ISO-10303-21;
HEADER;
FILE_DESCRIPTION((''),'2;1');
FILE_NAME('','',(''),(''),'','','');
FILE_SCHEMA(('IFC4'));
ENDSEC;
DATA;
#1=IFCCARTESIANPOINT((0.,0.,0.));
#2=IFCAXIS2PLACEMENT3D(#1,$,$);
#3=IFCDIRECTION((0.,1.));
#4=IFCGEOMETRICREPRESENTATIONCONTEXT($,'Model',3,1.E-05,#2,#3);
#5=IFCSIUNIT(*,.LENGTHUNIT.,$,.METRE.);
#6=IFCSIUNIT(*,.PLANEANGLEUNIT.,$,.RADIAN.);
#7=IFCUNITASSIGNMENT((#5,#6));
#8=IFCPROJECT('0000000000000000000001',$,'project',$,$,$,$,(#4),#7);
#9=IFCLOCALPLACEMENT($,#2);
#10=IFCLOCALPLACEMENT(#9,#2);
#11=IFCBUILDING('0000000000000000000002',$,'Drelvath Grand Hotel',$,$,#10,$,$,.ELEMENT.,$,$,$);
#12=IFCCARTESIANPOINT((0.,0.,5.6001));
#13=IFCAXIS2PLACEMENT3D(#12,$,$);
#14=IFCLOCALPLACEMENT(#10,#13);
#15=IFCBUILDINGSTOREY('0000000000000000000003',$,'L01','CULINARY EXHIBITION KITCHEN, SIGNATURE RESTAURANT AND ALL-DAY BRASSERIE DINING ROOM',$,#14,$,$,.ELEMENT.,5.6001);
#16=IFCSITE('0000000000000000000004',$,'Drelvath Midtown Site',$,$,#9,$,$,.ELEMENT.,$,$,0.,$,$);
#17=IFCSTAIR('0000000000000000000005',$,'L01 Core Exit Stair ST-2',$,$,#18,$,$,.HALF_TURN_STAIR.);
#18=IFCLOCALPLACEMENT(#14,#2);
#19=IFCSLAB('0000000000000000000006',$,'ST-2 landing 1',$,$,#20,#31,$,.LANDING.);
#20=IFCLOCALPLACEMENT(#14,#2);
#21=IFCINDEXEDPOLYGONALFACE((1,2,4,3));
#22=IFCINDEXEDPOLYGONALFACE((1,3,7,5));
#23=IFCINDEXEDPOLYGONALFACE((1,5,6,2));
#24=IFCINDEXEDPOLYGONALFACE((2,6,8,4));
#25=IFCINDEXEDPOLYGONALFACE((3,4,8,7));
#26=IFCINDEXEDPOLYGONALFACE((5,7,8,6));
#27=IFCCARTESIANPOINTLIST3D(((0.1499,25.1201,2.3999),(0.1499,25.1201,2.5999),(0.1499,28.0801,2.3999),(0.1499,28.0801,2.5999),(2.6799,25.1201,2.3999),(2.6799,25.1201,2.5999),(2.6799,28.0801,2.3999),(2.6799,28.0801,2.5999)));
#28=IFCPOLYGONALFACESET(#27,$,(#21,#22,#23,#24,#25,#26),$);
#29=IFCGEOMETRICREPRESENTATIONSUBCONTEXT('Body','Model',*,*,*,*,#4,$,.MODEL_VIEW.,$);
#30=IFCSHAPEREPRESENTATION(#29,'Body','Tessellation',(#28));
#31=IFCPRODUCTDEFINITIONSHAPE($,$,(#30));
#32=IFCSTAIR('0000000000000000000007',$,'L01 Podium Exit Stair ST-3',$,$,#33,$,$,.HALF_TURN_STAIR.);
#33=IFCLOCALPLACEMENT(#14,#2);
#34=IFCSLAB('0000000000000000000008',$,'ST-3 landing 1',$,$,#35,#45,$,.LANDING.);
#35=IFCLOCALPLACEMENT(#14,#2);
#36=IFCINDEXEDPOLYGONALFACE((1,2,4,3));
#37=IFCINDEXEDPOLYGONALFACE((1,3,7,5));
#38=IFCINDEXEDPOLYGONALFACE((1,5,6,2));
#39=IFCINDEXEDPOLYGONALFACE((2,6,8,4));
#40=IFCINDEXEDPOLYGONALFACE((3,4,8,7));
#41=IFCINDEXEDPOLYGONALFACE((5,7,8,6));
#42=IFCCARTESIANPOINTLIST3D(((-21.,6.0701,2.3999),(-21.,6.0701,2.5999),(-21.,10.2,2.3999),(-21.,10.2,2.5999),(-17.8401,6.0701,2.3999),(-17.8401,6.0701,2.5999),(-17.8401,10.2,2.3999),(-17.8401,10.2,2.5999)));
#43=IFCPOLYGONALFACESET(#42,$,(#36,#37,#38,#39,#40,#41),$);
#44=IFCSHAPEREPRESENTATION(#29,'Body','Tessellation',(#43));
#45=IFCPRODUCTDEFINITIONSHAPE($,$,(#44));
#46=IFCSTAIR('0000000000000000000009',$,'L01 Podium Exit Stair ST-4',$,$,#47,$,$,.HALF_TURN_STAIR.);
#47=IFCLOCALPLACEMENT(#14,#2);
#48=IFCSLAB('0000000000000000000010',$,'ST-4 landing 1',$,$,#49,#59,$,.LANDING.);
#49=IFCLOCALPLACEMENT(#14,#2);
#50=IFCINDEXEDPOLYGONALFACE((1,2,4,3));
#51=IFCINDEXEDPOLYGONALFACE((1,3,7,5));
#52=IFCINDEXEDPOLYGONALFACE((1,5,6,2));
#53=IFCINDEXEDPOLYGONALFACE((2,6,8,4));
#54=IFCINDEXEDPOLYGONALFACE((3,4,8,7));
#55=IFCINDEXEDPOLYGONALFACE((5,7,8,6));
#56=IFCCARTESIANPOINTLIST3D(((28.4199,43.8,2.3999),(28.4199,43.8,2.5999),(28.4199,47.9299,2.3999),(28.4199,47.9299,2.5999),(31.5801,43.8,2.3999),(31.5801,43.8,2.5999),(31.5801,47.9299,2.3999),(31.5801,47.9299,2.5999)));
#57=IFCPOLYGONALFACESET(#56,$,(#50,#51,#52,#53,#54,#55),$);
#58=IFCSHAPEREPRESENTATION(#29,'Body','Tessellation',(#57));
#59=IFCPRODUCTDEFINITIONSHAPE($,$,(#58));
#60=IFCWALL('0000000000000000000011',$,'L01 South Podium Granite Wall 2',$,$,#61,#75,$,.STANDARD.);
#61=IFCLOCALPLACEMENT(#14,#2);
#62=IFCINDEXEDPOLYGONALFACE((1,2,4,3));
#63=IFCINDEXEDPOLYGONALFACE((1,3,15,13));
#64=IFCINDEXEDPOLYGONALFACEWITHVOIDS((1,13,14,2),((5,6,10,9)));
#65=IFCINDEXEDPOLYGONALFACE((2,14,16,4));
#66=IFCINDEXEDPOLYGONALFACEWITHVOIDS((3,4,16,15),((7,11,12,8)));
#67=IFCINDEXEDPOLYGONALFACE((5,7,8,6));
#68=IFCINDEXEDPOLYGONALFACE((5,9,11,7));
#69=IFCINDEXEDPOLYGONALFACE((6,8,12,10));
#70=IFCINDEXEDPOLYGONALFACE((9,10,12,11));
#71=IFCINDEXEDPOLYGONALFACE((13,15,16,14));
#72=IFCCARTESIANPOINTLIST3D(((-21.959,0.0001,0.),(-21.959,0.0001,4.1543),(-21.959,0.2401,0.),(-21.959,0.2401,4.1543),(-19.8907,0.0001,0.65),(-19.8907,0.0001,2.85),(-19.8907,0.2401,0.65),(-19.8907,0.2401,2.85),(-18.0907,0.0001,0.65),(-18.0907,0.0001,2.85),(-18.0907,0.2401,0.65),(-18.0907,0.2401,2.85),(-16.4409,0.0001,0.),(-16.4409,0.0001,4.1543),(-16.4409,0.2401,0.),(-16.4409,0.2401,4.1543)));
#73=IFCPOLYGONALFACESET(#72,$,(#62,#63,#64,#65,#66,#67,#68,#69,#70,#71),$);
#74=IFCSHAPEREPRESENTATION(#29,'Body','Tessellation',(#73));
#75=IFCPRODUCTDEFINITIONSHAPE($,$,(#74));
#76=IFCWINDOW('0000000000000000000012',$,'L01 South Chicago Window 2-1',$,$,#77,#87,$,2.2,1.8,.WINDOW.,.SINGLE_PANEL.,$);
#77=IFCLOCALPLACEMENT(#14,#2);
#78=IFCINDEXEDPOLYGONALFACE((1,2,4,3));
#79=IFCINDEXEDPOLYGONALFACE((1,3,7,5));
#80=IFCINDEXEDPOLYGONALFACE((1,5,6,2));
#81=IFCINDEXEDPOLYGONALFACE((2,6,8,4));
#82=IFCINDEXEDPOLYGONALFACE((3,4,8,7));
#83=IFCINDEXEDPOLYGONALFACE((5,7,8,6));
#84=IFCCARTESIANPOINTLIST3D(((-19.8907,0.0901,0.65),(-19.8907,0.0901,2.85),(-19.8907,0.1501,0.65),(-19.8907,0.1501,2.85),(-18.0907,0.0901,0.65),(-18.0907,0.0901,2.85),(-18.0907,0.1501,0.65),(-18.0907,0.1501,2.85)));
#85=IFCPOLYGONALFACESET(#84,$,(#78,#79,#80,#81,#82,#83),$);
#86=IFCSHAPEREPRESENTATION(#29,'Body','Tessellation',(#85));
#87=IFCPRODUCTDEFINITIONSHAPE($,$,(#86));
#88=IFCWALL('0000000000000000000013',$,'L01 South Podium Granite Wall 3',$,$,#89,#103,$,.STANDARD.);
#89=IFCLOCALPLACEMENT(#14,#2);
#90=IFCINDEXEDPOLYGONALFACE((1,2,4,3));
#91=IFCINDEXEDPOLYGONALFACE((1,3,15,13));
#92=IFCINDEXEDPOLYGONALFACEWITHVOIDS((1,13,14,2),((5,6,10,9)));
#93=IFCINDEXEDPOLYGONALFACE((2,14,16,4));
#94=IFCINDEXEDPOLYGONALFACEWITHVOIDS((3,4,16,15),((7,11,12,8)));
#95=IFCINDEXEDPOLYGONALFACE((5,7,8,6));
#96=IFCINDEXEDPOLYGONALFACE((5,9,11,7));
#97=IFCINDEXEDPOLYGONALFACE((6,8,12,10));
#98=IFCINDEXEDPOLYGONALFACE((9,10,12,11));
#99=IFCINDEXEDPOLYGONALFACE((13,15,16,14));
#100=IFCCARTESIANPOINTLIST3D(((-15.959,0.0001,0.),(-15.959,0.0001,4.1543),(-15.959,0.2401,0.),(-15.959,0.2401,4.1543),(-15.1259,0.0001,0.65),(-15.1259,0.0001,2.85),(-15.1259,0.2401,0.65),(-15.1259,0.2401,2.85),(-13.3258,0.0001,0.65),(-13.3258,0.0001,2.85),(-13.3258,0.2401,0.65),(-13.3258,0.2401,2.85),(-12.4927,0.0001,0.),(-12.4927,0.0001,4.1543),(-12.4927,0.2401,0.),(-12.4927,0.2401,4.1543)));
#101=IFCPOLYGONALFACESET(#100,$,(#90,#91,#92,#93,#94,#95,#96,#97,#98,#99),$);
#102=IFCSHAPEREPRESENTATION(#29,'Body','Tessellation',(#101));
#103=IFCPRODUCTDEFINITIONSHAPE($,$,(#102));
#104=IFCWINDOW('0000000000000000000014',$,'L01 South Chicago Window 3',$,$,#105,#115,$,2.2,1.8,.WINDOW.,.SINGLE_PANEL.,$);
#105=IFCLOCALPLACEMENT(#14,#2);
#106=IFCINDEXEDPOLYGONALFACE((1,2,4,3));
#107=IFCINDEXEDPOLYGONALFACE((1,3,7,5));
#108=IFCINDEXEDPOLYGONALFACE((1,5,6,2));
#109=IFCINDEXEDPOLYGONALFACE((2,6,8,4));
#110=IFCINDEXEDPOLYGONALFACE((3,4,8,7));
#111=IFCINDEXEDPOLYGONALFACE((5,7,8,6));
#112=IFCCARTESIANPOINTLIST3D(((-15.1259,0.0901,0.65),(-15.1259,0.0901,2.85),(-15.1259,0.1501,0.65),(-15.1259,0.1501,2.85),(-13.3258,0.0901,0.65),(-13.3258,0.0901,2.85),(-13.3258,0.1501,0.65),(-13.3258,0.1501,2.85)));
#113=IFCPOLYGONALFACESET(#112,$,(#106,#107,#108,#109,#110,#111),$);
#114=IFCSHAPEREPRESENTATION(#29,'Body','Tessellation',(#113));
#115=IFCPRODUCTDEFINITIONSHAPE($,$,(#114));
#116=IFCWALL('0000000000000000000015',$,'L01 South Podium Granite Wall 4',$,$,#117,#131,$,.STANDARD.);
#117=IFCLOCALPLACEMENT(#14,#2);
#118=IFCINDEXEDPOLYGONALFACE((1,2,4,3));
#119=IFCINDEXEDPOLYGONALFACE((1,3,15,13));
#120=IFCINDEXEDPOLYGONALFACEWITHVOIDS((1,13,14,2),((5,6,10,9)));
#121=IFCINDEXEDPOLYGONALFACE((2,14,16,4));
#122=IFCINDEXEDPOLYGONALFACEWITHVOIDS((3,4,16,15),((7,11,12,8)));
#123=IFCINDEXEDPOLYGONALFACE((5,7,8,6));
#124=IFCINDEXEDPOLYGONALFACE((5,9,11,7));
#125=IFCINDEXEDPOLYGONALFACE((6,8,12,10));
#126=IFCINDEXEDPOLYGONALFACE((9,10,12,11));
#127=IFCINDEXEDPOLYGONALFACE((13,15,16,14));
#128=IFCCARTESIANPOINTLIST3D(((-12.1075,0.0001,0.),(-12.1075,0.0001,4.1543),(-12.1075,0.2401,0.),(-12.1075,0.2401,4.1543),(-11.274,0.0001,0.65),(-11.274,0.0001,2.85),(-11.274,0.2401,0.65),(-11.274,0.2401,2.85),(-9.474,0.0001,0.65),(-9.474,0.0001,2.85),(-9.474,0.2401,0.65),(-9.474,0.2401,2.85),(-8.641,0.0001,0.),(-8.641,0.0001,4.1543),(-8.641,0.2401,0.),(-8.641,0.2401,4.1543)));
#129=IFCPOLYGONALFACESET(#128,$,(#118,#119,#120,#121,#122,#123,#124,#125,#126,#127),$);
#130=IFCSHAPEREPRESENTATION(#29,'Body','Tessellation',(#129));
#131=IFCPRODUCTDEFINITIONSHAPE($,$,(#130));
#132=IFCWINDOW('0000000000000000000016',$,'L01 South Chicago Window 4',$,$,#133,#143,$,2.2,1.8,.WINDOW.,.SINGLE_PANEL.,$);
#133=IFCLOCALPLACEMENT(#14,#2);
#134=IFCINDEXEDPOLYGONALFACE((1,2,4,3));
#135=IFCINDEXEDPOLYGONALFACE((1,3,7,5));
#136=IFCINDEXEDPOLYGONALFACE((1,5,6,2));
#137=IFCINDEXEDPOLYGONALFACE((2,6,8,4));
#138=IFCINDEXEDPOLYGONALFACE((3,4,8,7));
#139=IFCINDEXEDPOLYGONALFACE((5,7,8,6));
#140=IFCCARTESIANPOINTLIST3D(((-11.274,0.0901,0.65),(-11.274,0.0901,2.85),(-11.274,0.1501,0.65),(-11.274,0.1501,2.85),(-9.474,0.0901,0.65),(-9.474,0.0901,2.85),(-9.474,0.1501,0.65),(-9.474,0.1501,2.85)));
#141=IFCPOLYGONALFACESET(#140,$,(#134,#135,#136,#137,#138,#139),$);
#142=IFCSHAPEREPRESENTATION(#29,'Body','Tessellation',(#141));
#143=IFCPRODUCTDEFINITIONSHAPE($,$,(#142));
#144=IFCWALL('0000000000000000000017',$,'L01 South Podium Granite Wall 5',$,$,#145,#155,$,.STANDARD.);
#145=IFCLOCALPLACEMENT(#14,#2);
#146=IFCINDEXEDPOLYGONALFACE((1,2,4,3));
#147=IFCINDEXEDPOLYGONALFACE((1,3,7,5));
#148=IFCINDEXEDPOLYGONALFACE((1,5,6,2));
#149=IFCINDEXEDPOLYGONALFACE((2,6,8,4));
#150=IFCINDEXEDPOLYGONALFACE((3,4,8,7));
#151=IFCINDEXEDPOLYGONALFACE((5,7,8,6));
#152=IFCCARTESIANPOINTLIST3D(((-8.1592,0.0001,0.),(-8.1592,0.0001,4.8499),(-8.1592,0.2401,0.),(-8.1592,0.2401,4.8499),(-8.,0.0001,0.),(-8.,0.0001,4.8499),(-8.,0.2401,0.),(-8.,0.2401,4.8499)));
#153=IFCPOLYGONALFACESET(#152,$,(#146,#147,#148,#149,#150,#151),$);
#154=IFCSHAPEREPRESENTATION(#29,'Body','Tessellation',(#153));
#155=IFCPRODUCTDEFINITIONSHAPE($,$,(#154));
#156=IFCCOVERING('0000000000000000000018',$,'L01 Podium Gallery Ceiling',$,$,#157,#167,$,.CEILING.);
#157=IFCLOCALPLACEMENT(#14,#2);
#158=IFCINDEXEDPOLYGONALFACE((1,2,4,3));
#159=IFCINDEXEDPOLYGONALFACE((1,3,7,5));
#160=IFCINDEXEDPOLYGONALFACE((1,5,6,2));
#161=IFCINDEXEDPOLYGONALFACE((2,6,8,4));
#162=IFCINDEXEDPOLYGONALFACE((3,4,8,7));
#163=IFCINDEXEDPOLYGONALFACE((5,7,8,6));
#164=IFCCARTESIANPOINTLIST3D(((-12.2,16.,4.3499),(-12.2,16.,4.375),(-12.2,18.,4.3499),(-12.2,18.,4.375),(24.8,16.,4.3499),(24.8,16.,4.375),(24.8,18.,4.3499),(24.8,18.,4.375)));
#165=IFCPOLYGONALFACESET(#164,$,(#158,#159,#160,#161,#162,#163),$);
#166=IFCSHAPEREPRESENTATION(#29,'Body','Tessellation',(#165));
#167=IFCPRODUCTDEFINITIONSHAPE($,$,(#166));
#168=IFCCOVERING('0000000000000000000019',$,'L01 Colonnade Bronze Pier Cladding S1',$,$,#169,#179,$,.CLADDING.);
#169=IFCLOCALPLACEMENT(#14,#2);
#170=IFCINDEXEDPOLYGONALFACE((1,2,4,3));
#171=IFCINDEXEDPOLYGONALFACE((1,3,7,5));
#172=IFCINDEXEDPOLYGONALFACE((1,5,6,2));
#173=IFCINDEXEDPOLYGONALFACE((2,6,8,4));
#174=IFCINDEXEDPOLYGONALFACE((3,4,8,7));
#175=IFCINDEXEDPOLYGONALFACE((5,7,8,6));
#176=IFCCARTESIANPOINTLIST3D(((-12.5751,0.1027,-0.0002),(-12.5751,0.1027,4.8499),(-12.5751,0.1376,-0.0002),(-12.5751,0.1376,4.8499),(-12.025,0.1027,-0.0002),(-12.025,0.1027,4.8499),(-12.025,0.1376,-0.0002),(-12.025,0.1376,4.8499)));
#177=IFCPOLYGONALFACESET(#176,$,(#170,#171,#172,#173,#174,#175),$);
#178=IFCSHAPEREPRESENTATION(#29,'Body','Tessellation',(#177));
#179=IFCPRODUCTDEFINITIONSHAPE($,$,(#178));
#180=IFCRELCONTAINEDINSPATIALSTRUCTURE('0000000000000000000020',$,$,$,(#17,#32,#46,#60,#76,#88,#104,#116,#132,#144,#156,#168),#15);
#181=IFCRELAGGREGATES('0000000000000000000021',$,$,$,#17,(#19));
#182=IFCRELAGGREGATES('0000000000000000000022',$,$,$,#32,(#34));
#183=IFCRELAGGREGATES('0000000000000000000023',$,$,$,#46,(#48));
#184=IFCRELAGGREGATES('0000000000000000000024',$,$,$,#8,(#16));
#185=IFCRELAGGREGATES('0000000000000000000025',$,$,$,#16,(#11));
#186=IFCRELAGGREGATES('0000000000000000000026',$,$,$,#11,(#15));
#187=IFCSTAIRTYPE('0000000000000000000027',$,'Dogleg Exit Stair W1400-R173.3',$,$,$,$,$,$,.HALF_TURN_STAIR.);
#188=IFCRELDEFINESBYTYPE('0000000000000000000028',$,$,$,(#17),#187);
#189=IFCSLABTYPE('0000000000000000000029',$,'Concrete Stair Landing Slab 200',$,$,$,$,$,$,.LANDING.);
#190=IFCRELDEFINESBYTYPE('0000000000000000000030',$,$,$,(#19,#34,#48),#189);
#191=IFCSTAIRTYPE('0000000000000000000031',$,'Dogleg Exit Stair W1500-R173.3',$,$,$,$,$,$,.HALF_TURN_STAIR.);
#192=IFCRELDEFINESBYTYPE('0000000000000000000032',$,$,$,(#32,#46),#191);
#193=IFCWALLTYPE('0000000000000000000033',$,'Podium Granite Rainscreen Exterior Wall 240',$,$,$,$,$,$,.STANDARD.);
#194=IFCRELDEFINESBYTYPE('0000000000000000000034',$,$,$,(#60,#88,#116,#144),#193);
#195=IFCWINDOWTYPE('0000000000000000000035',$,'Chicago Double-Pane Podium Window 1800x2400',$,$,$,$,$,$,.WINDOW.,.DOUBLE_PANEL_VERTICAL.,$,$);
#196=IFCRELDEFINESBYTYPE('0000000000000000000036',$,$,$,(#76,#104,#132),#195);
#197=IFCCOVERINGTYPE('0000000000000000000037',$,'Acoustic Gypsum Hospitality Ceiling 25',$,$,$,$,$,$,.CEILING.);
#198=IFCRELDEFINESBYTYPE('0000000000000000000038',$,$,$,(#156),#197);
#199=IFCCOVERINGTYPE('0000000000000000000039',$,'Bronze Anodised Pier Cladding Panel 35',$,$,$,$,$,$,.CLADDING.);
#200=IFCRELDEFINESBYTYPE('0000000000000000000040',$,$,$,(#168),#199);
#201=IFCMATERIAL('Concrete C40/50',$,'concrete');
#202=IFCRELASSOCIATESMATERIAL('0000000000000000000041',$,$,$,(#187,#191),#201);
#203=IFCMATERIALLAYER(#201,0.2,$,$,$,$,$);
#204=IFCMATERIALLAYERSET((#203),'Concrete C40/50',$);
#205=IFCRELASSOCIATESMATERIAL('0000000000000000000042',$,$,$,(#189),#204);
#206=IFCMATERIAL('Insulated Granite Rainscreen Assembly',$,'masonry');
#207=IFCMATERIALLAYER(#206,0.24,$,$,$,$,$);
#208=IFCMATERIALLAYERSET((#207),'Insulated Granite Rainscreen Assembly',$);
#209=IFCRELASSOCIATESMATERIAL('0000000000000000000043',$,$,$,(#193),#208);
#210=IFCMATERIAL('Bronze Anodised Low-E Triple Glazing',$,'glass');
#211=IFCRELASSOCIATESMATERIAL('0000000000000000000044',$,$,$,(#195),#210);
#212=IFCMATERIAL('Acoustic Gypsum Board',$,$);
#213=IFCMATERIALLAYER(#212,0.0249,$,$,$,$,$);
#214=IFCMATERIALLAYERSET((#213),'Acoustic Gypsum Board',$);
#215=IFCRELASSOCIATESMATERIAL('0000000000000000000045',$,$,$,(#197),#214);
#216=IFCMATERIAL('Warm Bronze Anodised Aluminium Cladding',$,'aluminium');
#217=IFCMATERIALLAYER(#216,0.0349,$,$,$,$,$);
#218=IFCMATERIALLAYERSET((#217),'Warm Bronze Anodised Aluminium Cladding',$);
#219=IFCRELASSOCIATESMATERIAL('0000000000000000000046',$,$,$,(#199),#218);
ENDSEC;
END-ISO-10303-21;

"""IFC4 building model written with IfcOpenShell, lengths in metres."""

from ifc_helpers import new_model, si_unit, direction, frame, frame_2d, origin, origin_2d, place, context, subcontext, project, spatial, polyline, rectangle, outline, extrude, material, layer, layer_set, type_object, element, fill, aggregate, save


model = new_model("IFC4")

# Units and contexts
model_context = context("Model", 3, precision=1e-05, world=origin(), true_north=direction((0.0, 1.0)))
body_context = subcontext(model_context, "Body", "Model", "MODEL_VIEW")
ifc_project = project(units=[si_unit("LENGTHUNIT", "METRE"), si_unit("PLANEANGLEUNIT", "RADIAN")], contexts=[model_context])

# Site, building, storey
site_placement = place(None, origin())
site = spatial("IfcSite", under=ifc_project, at=site_placement, Name="Drelvath Midtown Site", CompositionType="ELEMENT", RefElevation=0.0)
building_placement = place(site_placement, origin())
building = spatial("IfcBuilding", under=site, at=building_placement, Name="Drelvath Grand Hotel", CompositionType="ELEMENT")
storey_placement = place(building_placement, frame((0.0, 0.0, 5.6001)))
storey = spatial("IfcBuildingStorey", under=building, at=storey_placement, Name="L01", Description="CULINARY EXHIBITION KITCHEN, SIGNATURE RESTAURANT AND ALL-DAY BRASSERIE DINING ROOM", CompositionType="ELEMENT", Elevation=5.6001)

# Stairs, slabs
ifc_material_1 = material(Name="Concrete C40/50", Category="concrete")
stair_type_1 = type_object("IfcStairType", Name="Dogleg Exit Stair W1400-R173.3", PredefinedType="HALF_TURN_STAIR", material=ifc_material_1)
ifc_layer_1 = layer(ifc_material_1, 0.2)
ifc_layer_set_1 = layer_set([ifc_layer_1], Name="Concrete C40/50")
slab_type_1 = type_object("IfcSlabType", Name="Concrete Stair Landing Slab 200", PredefinedType="LANDING", material=ifc_layer_set_1)
stair_1_placement = place(storey_placement, origin())
stair_1 = element("IfcStair", 1, at=stair_1_placement, inside=storey, type_object=stair_type_1, Name="L01 Core Exit Stair ST-2", PredefinedType="HALF_TURN_STAIR")
slab_1_placement = place(storey_placement, frame((0.0, 0.0, 2.3999)))
slab_1 = element("IfcSlab", 2, at=slab_1_placement, type_object=slab_type_1, Name="ST-2 landing 1", PredefinedType="LANDING", context=body_context, shape_type="SweptSolid", body=[
    extrude(outline(polyline([(2.6799, 28.0801), (0.1499, 28.0801), (0.1499, 25.1201), (2.6799, 25.1201), (2.6799, 28.0801)])), origin(), (0.0, 0.0, 1.0), 0.2),
])
aggregate(stair_1, [slab_1])
stair_type_2 = type_object("IfcStairType", Name="Dogleg Exit Stair W1500-R173.3", PredefinedType="HALF_TURN_STAIR", material=ifc_material_1)
stair_2_placement = place(storey_placement, origin())
stair_2 = element("IfcStair", 3, at=stair_2_placement, inside=storey, type_object=stair_type_2, Name="L01 Podium Exit Stair ST-3", PredefinedType="HALF_TURN_STAIR")
slab_2_placement = place(storey_placement, frame((0.0, 0.0, 2.3999)))
slab_2 = element("IfcSlab", 4, at=slab_2_placement, type_object=slab_type_1, Name="ST-3 landing 1", PredefinedType="LANDING", context=body_context, shape_type="SweptSolid", body=[
    extrude(outline(polyline([(-17.8401, 6.0701), (-17.8401, 10.2), (-21.0, 10.2), (-21.0, 6.0701), (-17.8401, 6.0701)])), origin(), (0.0, 0.0, 1.0), 0.2),
])
aggregate(stair_2, [slab_2])
stair_3_placement = place(storey_placement, origin())
stair_3 = element("IfcStair", 5, at=stair_3_placement, inside=storey, type_object=stair_type_2, Name="L01 Podium Exit Stair ST-4", PredefinedType="HALF_TURN_STAIR")
slab_3_placement = place(storey_placement, frame((0.0, 0.0, 2.3999)))
slab_3 = element("IfcSlab", 6, at=slab_3_placement, type_object=slab_type_1, Name="ST-4 landing 1", PredefinedType="LANDING", context=body_context, shape_type="SweptSolid", body=[
    extrude(outline(polyline([(28.4199, 47.9299), (28.4199, 43.8), (31.5801, 43.8), (31.5801, 47.9299), (28.4199, 47.9299)])), origin(), (0.0, 0.0, 1.0), 0.2),
])
aggregate(stair_3, [slab_3])

# Walls, openings, windows
ifc_material_2 = material(Name="Insulated Granite Rainscreen Assembly", Category="masonry")
ifc_layer_2 = layer(ifc_material_2, 0.24)
ifc_layer_set_2 = layer_set([ifc_layer_2], Name="Insulated Granite Rainscreen Assembly")
wall_type = type_object("IfcWallType", Name="Podium Granite Rainscreen Exterior Wall 240", PredefinedType="STANDARD", material=ifc_layer_set_2)
wall_1_placement = place(storey_placement, frame((-16.4409, 0.1201, 0.0), z_axis=(0.0, 0.0, 1.0), x_axis=(-1.0, 0.0, 0.0)))
wall_1 = element("IfcWall", 7, at=wall_1_placement, inside=storey, type_object=wall_type, Name="L01 South Podium Granite Wall 2", PredefinedType="STANDARD", context=body_context, shape_type="SweptSolid", body=[
    extrude(rectangle(XDim=5.5181, YDim=0.24, at=frame_2d((2.759, 0.0))), origin(), (0.0, 0.0, 1.0), 4.1543),
])
opening_1_placement = place(wall_1_placement, frame((1.6499, 0.0, 0.6499)))
opening_1 = element("IfcOpeningElement", 8, at=opening_1_placement, cuts=wall_1, PredefinedType="OPENING", context=body_context, shape_type="SweptSolid", body=[
    extrude(rectangle(XDim=1.8, YDim=2.2, at=frame_2d((0.8999, 1.1001))), frame((0.0, 0.1299, 0.0), z_axis=(0.0, -1.0, 0.0), x_axis=(1.0, 0.0, 0.0)), (0.0, 0.0, 1.0), 0.26),
])
ifc_material_3 = material(Name="Bronze Anodised Low-E Triple Glazing", Category="glass")
window_type = type_object("IfcWindowType", Name="Chicago Double-Pane Podium Window 1800x2400", PartitioningType="DOUBLE_PANEL_VERTICAL", PredefinedType="WINDOW", material=ifc_material_3)
window_1_placement = place(opening_1_placement, origin())
window_1 = element("IfcWindow", 9, at=window_1_placement, inside=storey, type_object=window_type, Name="L01 South Chicago Window 2-1", OverallHeight=2.2, OverallWidth=1.8, PartitioningType="SINGLE_PANEL", PredefinedType="WINDOW", context=body_context, shape_type="SweptSolid", body=[
    extrude(rectangle(XDim=1.8, YDim=2.2, at=frame_2d((0.8999, 1.1001))), frame((0.0, 0.03, 0.0), z_axis=(0.0, -1.0, 0.0), x_axis=(1.0, 0.0, 0.0)), (0.0, 0.0, 1.0), 0.0601),
])
fill(opening_1, window_1)
wall_2_placement = place(storey_placement, frame((-12.4927, 0.1201, 0.0), z_axis=(0.0, 0.0, 1.0), x_axis=(-1.0, 0.0, 0.0)))
wall_2 = element("IfcWall", 10, at=wall_2_placement, inside=storey, type_object=wall_type, Name="L01 South Podium Granite Wall 3", PredefinedType="STANDARD", context=body_context, shape_type="SweptSolid", body=[
    extrude(rectangle(XDim=3.4663, YDim=0.24, at=frame_2d((1.7332, 0.0))), origin(), (0.0, 0.0, 1.0), 4.1543),
])
opening_2_placement = place(wall_2_placement, frame((0.8333, 0.0, 0.6499)))
opening_2 = element("IfcOpeningElement", 11, at=opening_2_placement, cuts=wall_2, PredefinedType="OPENING", context=body_context, shape_type="SweptSolid", body=[
    extrude(rectangle(XDim=1.8, YDim=2.2, at=frame_2d((0.8999, 1.1001))), frame((0.0, 0.1299, 0.0), z_axis=(0.0, -1.0, 0.0), x_axis=(1.0, 0.0, 0.0)), (0.0, 0.0, 1.0), 0.26),
])
window_2_placement = place(opening_2_placement, origin())
window_2 = element("IfcWindow", 12, at=window_2_placement, inside=storey, type_object=window_type, Name="L01 South Chicago Window 3", OverallHeight=2.2, OverallWidth=1.8, PartitioningType="SINGLE_PANEL", PredefinedType="WINDOW", context=body_context, shape_type="SweptSolid", body=[
    extrude(rectangle(XDim=1.8, YDim=2.2, at=frame_2d((0.8999, 1.1001))), frame((0.0, 0.03, 0.0), z_axis=(0.0, -1.0, 0.0), x_axis=(1.0, 0.0, 0.0)), (0.0, 0.0, 1.0), 0.0601),
])
fill(opening_2, window_2)
wall_3_placement = place(storey_placement, frame((-8.6409, 0.1201, 0.0), z_axis=(0.0, 0.0, 1.0), x_axis=(-1.0, 0.0, 0.0)))
wall_3 = element("IfcWall", 13, at=wall_3_placement, inside=storey, type_object=wall_type, Name="L01 South Podium Granite Wall 4", PredefinedType="STANDARD", context=body_context, shape_type="SweptSolid", body=[
    extrude(rectangle(XDim=3.4666, YDim=0.24, at=frame_2d((1.7334, 0.0))), origin(), (0.0, 0.0, 1.0), 4.1543),
])
opening_3_placement = place(wall_3_placement, frame((0.8333, 0.0, 0.6499)))
opening_3 = element("IfcOpeningElement", 14, at=opening_3_placement, cuts=wall_3, PredefinedType="OPENING", context=body_context, shape_type="SweptSolid", body=[
    extrude(rectangle(XDim=1.8, YDim=2.2, at=frame_2d((0.8999, 1.1001))), frame((0.0, 0.1299, 0.0), z_axis=(0.0, -1.0, 0.0), x_axis=(1.0, 0.0, 0.0)), (0.0, 0.0, 1.0), 0.26),
])
window_3_placement = place(opening_3_placement, origin())
window_3 = element("IfcWindow", 15, at=window_3_placement, inside=storey, type_object=window_type, Name="L01 South Chicago Window 4", OverallHeight=2.2, OverallWidth=1.8, PartitioningType="SINGLE_PANEL", PredefinedType="WINDOW", context=body_context, shape_type="SweptSolid", body=[
    extrude(rectangle(XDim=1.8, YDim=2.2, at=frame_2d((0.8999, 1.1001))), frame((0.0, 0.03, 0.0), z_axis=(0.0, -1.0, 0.0), x_axis=(1.0, 0.0, 0.0)), (0.0, 0.0, 1.0), 0.0601),
])
fill(opening_3, window_3)

# Wall
wall_4_placement = place(storey_placement, frame((-8.0, 0.1201, 0.0), z_axis=(0.0, 0.0, 1.0), x_axis=(-1.0, 0.0, 0.0)))
element("IfcWall", 16, at=wall_4_placement, inside=storey, type_object=wall_type, Name="L01 South Podium Granite Wall 5", PredefinedType="STANDARD", context=body_context, shape_type="SweptSolid", body=[
    extrude(rectangle(XDim=0.1592, YDim=0.24, at=frame_2d((0.0796, 0.0))), origin(), (0.0, 0.0, 1.0), 4.8499),
])

# Coverings
ifc_material_4 = material(Name="Acoustic Gypsum Board")
ifc_layer_3 = layer(ifc_material_4, 0.0249)
ifc_layer_set_3 = layer_set([ifc_layer_3], Name="Acoustic Gypsum Board")
covering_type_1 = type_object("IfcCoveringType", Name="Acoustic Gypsum Hospitality Ceiling 25", PredefinedType="CEILING", material=ifc_layer_set_3)
covering_1_placement = place(storey_placement, frame((0.0, 0.0, 4.3499)))
element("IfcCovering", 17, at=covering_1_placement, inside=storey, type_object=covering_type_1, Name="L01 Podium Gallery Ceiling", PredefinedType="CEILING", context=body_context, shape_type="SweptSolid", body=[
    extrude(outline(polyline([(24.8, 16.0), (24.8, 18.0), (-12.2, 18.0), (-12.2, 16.0), (24.8, 16.0)])), origin(), (0.0, 0.0, 1.0), 0.0251),
])
ifc_material_5 = material(Name="Warm Bronze Anodised Aluminium Cladding", Category="aluminium")
ifc_layer_4 = layer(ifc_material_5, 0.0349)
ifc_layer_set_4 = layer_set([ifc_layer_4], Name="Warm Bronze Anodised Aluminium Cladding")
covering_type_2 = type_object("IfcCoveringType", Name="Bronze Anodised Pier Cladding Panel 35", PredefinedType="CLADDING", material=ifc_layer_set_4)
covering_2_placement = place(storey_placement, frame((-12.3, 0.1201, -0.0002), z_axis=(0.0, 0.0, 1.0), x_axis=(1.0, 0.0, 0.0)))
element("IfcCovering", 18, at=covering_2_placement, inside=storey, type_object=covering_type_2, Name="L01 Colonnade Bronze Pier Cladding S1", PredefinedType="CLADDING", context=body_context, shape_type="SweptSolid", body=[
    extrude(rectangle(XDim=0.55, YDim=0.0349, at=origin_2d()), origin(), (0.0, 0.0, 1.0), 4.8501),
])

save(model, "model.ifc")
